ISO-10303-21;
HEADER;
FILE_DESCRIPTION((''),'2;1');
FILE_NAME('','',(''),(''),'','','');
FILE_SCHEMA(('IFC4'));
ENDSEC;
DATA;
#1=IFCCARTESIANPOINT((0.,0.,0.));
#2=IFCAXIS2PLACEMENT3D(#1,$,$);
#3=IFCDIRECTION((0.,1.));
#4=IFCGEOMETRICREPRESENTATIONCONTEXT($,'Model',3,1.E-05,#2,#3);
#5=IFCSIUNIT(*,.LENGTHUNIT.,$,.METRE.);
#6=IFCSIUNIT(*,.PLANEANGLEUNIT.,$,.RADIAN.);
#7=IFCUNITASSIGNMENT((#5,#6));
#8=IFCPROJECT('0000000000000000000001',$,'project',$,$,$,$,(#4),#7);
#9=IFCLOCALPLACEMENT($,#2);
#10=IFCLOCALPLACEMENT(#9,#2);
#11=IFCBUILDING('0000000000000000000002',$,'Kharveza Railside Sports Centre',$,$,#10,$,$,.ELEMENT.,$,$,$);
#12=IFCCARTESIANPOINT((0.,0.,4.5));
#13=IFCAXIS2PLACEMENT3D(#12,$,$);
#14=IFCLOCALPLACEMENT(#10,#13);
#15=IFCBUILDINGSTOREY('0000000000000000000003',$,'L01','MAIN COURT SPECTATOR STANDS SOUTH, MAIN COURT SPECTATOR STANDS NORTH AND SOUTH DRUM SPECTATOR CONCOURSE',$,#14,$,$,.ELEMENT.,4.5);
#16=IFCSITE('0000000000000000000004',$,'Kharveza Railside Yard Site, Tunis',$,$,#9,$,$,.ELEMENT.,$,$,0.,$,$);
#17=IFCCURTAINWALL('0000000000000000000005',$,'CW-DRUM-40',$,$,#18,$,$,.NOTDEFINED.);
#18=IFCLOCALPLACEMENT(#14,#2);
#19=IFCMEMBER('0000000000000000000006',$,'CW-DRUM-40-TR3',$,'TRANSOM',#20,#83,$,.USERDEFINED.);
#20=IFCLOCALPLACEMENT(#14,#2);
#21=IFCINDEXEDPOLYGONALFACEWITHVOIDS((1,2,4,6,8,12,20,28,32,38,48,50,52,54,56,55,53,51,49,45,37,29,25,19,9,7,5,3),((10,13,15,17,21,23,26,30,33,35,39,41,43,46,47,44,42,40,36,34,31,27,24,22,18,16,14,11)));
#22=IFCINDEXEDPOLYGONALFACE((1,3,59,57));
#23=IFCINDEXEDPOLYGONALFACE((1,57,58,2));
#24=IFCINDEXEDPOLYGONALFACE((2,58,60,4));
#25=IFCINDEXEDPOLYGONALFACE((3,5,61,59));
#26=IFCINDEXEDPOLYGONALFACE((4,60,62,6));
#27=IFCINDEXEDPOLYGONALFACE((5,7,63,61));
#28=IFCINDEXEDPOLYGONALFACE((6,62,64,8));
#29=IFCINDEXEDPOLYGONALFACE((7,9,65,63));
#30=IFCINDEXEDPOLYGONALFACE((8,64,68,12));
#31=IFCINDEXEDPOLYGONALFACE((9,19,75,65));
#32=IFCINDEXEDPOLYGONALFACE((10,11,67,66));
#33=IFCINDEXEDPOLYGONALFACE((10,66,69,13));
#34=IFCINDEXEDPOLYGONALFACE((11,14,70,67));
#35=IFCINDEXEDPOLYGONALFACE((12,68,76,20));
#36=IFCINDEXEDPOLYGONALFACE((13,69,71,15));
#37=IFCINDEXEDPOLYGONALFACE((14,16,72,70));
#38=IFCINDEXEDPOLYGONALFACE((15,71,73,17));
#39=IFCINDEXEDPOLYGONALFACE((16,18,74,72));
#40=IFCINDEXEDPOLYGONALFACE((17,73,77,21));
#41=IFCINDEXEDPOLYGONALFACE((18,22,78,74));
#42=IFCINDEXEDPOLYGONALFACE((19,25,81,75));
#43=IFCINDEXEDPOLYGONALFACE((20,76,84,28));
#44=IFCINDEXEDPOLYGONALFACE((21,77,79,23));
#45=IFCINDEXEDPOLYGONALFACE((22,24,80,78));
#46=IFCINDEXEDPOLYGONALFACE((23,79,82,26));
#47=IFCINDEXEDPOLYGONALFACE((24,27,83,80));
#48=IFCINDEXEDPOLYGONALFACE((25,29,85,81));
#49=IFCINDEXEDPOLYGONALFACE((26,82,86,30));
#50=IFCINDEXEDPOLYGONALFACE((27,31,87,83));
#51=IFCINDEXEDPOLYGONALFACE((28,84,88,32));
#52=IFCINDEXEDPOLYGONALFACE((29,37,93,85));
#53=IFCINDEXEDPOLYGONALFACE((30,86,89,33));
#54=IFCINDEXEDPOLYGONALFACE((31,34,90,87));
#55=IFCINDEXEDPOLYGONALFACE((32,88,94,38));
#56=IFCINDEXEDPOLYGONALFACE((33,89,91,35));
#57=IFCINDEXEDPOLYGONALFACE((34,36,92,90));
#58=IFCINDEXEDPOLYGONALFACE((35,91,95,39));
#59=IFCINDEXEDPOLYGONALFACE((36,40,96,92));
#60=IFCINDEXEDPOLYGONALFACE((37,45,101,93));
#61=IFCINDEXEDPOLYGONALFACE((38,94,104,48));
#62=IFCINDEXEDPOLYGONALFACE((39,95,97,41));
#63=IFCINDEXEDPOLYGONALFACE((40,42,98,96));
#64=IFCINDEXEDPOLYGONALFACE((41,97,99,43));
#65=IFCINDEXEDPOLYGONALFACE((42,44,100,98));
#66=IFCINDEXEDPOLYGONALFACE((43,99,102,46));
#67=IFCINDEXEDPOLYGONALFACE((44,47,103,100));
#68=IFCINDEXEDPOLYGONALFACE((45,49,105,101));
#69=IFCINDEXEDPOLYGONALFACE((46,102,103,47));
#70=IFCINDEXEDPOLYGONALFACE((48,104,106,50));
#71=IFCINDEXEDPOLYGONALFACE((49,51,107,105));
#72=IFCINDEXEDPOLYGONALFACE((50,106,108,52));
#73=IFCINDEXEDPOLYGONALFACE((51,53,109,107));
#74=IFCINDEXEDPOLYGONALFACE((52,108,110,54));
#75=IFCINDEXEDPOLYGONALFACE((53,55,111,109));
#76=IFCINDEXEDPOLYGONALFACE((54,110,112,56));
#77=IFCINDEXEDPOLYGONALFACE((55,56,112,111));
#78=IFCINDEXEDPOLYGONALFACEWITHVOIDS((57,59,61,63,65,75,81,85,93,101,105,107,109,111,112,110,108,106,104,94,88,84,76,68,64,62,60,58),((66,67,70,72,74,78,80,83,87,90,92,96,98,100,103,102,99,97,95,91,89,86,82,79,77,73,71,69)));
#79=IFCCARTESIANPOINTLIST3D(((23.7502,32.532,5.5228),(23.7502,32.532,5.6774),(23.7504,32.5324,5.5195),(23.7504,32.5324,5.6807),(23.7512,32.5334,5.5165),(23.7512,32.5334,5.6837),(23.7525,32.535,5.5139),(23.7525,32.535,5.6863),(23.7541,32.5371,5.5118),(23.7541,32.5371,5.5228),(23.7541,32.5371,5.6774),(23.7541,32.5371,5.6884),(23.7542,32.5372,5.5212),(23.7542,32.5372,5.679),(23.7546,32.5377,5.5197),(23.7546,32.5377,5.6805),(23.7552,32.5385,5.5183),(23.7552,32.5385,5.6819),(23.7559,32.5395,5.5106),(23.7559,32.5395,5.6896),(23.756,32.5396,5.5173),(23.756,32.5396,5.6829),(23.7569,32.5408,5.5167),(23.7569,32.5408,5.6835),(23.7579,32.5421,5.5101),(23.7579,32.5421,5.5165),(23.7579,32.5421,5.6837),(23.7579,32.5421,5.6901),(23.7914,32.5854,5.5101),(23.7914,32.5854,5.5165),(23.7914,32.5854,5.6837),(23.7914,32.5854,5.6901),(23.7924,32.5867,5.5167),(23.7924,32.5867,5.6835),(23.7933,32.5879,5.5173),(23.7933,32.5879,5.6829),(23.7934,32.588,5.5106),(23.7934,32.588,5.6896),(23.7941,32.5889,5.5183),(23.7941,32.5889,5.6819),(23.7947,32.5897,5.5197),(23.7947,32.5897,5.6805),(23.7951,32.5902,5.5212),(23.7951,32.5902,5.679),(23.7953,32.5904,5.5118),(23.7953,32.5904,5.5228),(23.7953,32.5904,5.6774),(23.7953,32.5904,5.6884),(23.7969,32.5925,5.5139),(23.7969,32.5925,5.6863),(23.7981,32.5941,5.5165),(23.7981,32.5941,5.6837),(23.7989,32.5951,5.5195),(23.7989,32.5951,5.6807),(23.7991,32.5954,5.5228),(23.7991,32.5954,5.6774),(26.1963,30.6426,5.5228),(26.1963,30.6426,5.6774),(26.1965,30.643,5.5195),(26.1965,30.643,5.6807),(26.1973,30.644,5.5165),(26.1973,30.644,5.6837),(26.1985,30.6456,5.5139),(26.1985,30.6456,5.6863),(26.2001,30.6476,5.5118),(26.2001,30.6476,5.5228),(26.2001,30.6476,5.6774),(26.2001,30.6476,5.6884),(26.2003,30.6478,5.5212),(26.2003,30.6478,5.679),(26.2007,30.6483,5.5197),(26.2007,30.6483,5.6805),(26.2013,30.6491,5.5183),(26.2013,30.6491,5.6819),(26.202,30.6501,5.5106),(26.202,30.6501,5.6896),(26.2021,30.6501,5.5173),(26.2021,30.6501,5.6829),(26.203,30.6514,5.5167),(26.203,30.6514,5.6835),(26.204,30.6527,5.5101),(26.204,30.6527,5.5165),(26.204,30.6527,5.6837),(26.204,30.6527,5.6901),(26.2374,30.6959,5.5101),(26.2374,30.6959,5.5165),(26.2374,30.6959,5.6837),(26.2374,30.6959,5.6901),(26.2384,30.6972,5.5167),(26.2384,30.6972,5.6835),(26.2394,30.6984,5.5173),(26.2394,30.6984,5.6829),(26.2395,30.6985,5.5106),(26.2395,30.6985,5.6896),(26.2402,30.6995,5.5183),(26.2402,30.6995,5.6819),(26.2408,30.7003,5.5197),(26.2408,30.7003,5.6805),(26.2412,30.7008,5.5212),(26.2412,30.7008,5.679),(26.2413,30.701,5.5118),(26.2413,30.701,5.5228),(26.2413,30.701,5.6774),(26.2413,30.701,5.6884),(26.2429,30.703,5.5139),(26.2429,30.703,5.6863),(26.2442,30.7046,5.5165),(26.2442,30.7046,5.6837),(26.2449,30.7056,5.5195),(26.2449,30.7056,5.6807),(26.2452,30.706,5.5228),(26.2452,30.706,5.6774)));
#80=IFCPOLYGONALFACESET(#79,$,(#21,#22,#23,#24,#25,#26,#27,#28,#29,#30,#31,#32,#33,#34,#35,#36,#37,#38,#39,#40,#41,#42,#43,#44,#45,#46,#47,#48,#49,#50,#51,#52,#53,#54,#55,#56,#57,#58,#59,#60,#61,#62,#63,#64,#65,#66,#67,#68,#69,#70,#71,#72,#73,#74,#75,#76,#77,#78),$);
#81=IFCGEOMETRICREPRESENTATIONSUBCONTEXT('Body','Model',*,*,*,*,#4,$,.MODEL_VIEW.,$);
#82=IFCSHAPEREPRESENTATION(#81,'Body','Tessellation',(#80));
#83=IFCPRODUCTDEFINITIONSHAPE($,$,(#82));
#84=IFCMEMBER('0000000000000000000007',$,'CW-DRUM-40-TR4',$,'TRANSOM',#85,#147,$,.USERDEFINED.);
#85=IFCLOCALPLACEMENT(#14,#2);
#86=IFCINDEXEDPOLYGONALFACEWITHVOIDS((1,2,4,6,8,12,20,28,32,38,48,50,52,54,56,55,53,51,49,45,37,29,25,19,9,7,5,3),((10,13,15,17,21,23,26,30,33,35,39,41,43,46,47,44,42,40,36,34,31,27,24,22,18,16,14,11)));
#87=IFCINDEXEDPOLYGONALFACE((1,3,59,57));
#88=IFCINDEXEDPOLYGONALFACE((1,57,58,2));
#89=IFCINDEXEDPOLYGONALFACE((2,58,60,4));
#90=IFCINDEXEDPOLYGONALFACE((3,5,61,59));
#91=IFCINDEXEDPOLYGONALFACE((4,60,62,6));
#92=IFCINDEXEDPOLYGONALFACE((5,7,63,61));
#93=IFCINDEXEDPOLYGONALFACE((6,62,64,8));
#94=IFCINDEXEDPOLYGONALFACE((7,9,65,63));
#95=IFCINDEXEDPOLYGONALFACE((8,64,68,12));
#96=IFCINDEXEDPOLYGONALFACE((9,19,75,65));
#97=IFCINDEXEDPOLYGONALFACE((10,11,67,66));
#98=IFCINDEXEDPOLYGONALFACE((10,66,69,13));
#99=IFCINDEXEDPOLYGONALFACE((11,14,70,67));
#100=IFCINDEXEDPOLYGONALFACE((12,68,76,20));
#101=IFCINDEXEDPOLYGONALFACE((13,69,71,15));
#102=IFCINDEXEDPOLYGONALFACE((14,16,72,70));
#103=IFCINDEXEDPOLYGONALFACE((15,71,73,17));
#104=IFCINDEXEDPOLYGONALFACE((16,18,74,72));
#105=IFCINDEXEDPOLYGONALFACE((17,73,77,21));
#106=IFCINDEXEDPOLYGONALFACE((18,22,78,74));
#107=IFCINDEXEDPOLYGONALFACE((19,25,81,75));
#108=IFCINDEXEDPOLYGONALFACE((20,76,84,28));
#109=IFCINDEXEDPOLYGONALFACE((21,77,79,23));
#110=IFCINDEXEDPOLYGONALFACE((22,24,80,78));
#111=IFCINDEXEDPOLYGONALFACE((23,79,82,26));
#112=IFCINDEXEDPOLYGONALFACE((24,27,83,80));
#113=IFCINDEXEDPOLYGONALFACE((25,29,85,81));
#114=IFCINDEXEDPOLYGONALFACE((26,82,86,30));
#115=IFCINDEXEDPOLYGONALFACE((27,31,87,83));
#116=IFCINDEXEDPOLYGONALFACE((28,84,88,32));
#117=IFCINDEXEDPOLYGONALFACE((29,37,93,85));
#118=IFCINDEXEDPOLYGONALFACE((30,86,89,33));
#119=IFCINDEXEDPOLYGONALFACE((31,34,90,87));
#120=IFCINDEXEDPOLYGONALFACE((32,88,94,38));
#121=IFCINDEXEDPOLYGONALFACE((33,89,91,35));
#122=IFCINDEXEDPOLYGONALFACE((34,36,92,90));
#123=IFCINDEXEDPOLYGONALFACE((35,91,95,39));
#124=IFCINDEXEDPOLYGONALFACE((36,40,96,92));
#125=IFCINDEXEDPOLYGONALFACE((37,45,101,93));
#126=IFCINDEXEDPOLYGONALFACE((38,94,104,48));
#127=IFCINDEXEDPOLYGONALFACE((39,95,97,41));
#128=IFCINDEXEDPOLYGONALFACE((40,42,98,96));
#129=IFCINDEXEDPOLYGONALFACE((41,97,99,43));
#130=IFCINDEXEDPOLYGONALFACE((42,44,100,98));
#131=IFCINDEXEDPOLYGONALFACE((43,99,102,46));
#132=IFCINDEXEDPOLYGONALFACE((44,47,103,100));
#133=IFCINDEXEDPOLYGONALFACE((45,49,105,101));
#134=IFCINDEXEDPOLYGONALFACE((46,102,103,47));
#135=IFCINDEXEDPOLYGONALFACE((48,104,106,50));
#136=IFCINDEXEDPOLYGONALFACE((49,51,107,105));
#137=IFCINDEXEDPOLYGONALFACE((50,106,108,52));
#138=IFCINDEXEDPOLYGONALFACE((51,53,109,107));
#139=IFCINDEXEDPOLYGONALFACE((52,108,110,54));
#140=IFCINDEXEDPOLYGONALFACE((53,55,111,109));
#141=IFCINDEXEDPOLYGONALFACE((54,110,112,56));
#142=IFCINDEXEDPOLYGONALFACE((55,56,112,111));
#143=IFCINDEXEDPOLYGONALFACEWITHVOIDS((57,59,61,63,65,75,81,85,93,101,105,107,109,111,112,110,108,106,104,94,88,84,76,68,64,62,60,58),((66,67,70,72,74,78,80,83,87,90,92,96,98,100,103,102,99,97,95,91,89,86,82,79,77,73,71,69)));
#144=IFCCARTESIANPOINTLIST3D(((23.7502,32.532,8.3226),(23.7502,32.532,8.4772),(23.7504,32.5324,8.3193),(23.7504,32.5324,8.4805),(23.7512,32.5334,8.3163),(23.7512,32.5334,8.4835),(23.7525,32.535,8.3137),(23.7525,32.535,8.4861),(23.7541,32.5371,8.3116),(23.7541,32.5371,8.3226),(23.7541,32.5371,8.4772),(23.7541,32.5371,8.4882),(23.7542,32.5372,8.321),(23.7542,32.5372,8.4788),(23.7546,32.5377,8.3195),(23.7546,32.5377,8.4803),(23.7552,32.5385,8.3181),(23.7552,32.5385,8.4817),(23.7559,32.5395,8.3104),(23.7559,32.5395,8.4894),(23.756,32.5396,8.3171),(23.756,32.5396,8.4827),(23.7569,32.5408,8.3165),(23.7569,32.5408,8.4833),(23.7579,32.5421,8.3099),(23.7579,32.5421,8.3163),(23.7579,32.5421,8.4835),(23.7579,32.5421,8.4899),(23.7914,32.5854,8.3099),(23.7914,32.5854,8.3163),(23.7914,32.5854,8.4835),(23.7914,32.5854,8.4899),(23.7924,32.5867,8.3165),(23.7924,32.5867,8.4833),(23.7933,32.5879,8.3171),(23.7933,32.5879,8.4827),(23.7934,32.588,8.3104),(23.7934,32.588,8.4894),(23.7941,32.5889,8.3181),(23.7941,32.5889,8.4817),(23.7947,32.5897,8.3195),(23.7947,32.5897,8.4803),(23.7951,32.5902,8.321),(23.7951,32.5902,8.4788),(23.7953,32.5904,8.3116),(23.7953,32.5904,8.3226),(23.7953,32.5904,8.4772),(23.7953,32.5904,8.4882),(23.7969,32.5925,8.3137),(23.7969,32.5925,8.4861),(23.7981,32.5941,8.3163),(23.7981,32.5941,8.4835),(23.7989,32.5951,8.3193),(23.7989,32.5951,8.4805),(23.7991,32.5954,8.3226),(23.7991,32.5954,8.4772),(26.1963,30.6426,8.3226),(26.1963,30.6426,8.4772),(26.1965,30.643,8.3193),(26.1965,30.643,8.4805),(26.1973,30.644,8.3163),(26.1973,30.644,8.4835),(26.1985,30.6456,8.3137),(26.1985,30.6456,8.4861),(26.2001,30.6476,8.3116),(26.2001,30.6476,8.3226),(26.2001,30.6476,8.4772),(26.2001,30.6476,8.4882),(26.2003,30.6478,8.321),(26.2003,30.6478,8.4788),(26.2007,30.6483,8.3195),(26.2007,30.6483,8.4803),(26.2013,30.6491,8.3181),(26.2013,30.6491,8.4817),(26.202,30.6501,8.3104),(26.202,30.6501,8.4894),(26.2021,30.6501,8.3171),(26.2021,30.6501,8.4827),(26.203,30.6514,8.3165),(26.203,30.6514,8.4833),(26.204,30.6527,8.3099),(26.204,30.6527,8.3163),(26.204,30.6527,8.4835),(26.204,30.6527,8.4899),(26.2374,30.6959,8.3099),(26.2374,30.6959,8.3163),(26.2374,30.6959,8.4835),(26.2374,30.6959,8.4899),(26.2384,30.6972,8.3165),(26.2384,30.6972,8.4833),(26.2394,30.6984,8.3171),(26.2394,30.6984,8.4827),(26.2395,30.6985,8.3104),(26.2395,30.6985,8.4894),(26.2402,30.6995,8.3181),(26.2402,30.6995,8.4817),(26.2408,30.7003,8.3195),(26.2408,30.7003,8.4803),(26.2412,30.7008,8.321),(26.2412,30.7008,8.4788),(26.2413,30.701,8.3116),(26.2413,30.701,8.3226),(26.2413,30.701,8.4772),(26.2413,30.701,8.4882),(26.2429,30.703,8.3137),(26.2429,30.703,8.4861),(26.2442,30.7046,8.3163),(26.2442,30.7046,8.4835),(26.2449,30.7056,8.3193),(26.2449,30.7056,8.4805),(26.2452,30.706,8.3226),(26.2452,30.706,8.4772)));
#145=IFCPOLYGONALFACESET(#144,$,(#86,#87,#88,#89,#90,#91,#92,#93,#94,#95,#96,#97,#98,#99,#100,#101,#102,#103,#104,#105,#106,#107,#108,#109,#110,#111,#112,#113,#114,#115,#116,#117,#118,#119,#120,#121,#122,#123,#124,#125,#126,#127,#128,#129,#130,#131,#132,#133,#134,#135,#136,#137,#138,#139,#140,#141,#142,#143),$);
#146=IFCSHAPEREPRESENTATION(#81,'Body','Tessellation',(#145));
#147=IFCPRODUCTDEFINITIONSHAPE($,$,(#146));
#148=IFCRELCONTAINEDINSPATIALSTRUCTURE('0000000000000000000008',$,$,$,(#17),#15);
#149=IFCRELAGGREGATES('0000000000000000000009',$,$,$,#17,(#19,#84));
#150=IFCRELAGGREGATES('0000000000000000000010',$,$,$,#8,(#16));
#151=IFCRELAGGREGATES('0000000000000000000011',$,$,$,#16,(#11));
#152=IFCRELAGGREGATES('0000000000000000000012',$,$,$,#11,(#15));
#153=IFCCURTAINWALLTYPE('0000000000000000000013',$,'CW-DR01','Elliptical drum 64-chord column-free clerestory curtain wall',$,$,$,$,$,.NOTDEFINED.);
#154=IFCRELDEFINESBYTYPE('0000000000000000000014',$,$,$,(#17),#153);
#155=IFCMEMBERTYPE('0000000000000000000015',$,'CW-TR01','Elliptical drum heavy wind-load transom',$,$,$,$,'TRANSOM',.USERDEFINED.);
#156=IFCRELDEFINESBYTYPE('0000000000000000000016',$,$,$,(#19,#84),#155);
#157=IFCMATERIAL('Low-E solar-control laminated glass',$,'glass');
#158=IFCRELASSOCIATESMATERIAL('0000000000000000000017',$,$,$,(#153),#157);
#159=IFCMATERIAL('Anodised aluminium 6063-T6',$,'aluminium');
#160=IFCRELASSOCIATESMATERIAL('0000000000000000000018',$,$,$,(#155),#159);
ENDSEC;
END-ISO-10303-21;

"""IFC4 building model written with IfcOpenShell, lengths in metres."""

from ifc_helpers import new_model, si_unit, direction, frame, origin, origin_2d, place, context, subcontext, project, spatial, hollow_rectangle, extrude, material, material_profile, profile_set, type_object, element, aggregate, save


model = new_model("IFC4")

# Units and contexts
model_context = context("Model", 3, precision=1e-05, world=origin(), true_north=direction((0.0, 1.0)))
body_context = subcontext(model_context, "Body", "Model", "MODEL_VIEW")
ifc_project = project(units=[si_unit("LENGTHUNIT", "METRE"), si_unit("PLANEANGLEUNIT", "RADIAN")], contexts=[model_context])

# Site, building, storey
site_placement = place(None, origin())
site = spatial("IfcSite", under=ifc_project, at=site_placement, Name="Kharveza Railside Yard Site, Tunis", CompositionType="ELEMENT", RefElevation=0.0)
building_placement = place(site_placement, origin())
building = spatial("IfcBuilding", under=site, at=building_placement, Name="Kharveza Railside Sports Centre", CompositionType="ELEMENT")
storey_placement = place(building_placement, frame((0.0, 0.0, 4.5)))
storey = spatial("IfcBuildingStorey", under=building, at=storey_placement, Name="L01", Description="MAIN COURT SPECTATOR STANDS SOUTH, MAIN COURT SPECTATOR STANDS NORTH AND SOUTH DRUM SPECTATOR CONCOURSE", CompositionType="ELEMENT", Elevation=4.5)

# Curtain wall
ifc_material_1 = material(Name="Low-E solar-control laminated glass", Category="glass")
curtain_wall_type = type_object("IfcCurtainWallType", Name="CW-DR01", Description="Elliptical drum 64-chord column-free clerestory curtain wall", PredefinedType="NOTDEFINED", material=ifc_material_1)
ifc_material_2 = material(Name="Anodised aluminium 6063-T6", Category="aluminium")
curtain_wall_1_placement = place(storey_placement, origin())
curtain_wall_1 = element("IfcCurtainWall", 1, at=curtain_wall_1_placement, inside=storey, type_object=curtain_wall_type, Name="CW-DRUM-40", PredefinedType="NOTDEFINED")

# Members
ifc_material_profile_1 = material_profile(ifc_material_2, hollow_rectangle(XDim=0.0801, YDim=0.1799, WallThickness=0.0063, InnerFilletRadius=0.0063, OuterFilletRadius=0.0127, at=origin_2d()), Name="RHS 80x180x6.3")
ifc_profile_set_1 = profile_set([ifc_material_profile_1], Name="Anodised aluminium 6063-T6")
member_type_1 = type_object("IfcMemberType", Name="CW-TR01", Description="Elliptical drum heavy wind-load transom", ElementType="TRANSOM", PredefinedType="USERDEFINED", material=ifc_profile_set_1)
member_1_placement = place(storey_placement, frame((23.7747, 32.5637, 5.6001), z_axis=(0.791398, -0.611301, 0.0), x_axis=(0.611301, 0.791398, 0.0)))
member_1 = element("IfcMember", 2, at=member_1_placement, type_object=member_type_1, Name="CW-DRUM-40-TR3", ObjectType="TRANSOM", PredefinedType="USERDEFINED", context=body_context, shape_type="SweptSolid", body=[
    extrude(hollow_rectangle(XDim=0.0801, YDim=0.1799, WallThickness=0.0063, InnerFilletRadius=0.0063, OuterFilletRadius=0.0127, at=origin_2d()), origin(), (0.0, 0.0, 1.0), 3.0908),
])
member_2_placement = place(storey_placement, frame((23.7747, 32.5637, 8.3999), z_axis=(0.791398, -0.611301, 0.0), x_axis=(0.611301, 0.791398, 0.0)))
member_2 = element("IfcMember", 3, at=member_2_placement, type_object=member_type_1, Name="CW-DRUM-40-TR4", ObjectType="TRANSOM", PredefinedType="USERDEFINED", context=body_context, shape_type="SweptSolid", body=[
    extrude(hollow_rectangle(XDim=0.0801, YDim=0.1799, WallThickness=0.0063, InnerFilletRadius=0.0063, OuterFilletRadius=0.0127, at=origin_2d()), origin(), (0.0, 0.0, 1.0), 3.0908),
])

aggregate(curtain_wall_1, [member_1, member_2])

save(model, "model.ifc")
